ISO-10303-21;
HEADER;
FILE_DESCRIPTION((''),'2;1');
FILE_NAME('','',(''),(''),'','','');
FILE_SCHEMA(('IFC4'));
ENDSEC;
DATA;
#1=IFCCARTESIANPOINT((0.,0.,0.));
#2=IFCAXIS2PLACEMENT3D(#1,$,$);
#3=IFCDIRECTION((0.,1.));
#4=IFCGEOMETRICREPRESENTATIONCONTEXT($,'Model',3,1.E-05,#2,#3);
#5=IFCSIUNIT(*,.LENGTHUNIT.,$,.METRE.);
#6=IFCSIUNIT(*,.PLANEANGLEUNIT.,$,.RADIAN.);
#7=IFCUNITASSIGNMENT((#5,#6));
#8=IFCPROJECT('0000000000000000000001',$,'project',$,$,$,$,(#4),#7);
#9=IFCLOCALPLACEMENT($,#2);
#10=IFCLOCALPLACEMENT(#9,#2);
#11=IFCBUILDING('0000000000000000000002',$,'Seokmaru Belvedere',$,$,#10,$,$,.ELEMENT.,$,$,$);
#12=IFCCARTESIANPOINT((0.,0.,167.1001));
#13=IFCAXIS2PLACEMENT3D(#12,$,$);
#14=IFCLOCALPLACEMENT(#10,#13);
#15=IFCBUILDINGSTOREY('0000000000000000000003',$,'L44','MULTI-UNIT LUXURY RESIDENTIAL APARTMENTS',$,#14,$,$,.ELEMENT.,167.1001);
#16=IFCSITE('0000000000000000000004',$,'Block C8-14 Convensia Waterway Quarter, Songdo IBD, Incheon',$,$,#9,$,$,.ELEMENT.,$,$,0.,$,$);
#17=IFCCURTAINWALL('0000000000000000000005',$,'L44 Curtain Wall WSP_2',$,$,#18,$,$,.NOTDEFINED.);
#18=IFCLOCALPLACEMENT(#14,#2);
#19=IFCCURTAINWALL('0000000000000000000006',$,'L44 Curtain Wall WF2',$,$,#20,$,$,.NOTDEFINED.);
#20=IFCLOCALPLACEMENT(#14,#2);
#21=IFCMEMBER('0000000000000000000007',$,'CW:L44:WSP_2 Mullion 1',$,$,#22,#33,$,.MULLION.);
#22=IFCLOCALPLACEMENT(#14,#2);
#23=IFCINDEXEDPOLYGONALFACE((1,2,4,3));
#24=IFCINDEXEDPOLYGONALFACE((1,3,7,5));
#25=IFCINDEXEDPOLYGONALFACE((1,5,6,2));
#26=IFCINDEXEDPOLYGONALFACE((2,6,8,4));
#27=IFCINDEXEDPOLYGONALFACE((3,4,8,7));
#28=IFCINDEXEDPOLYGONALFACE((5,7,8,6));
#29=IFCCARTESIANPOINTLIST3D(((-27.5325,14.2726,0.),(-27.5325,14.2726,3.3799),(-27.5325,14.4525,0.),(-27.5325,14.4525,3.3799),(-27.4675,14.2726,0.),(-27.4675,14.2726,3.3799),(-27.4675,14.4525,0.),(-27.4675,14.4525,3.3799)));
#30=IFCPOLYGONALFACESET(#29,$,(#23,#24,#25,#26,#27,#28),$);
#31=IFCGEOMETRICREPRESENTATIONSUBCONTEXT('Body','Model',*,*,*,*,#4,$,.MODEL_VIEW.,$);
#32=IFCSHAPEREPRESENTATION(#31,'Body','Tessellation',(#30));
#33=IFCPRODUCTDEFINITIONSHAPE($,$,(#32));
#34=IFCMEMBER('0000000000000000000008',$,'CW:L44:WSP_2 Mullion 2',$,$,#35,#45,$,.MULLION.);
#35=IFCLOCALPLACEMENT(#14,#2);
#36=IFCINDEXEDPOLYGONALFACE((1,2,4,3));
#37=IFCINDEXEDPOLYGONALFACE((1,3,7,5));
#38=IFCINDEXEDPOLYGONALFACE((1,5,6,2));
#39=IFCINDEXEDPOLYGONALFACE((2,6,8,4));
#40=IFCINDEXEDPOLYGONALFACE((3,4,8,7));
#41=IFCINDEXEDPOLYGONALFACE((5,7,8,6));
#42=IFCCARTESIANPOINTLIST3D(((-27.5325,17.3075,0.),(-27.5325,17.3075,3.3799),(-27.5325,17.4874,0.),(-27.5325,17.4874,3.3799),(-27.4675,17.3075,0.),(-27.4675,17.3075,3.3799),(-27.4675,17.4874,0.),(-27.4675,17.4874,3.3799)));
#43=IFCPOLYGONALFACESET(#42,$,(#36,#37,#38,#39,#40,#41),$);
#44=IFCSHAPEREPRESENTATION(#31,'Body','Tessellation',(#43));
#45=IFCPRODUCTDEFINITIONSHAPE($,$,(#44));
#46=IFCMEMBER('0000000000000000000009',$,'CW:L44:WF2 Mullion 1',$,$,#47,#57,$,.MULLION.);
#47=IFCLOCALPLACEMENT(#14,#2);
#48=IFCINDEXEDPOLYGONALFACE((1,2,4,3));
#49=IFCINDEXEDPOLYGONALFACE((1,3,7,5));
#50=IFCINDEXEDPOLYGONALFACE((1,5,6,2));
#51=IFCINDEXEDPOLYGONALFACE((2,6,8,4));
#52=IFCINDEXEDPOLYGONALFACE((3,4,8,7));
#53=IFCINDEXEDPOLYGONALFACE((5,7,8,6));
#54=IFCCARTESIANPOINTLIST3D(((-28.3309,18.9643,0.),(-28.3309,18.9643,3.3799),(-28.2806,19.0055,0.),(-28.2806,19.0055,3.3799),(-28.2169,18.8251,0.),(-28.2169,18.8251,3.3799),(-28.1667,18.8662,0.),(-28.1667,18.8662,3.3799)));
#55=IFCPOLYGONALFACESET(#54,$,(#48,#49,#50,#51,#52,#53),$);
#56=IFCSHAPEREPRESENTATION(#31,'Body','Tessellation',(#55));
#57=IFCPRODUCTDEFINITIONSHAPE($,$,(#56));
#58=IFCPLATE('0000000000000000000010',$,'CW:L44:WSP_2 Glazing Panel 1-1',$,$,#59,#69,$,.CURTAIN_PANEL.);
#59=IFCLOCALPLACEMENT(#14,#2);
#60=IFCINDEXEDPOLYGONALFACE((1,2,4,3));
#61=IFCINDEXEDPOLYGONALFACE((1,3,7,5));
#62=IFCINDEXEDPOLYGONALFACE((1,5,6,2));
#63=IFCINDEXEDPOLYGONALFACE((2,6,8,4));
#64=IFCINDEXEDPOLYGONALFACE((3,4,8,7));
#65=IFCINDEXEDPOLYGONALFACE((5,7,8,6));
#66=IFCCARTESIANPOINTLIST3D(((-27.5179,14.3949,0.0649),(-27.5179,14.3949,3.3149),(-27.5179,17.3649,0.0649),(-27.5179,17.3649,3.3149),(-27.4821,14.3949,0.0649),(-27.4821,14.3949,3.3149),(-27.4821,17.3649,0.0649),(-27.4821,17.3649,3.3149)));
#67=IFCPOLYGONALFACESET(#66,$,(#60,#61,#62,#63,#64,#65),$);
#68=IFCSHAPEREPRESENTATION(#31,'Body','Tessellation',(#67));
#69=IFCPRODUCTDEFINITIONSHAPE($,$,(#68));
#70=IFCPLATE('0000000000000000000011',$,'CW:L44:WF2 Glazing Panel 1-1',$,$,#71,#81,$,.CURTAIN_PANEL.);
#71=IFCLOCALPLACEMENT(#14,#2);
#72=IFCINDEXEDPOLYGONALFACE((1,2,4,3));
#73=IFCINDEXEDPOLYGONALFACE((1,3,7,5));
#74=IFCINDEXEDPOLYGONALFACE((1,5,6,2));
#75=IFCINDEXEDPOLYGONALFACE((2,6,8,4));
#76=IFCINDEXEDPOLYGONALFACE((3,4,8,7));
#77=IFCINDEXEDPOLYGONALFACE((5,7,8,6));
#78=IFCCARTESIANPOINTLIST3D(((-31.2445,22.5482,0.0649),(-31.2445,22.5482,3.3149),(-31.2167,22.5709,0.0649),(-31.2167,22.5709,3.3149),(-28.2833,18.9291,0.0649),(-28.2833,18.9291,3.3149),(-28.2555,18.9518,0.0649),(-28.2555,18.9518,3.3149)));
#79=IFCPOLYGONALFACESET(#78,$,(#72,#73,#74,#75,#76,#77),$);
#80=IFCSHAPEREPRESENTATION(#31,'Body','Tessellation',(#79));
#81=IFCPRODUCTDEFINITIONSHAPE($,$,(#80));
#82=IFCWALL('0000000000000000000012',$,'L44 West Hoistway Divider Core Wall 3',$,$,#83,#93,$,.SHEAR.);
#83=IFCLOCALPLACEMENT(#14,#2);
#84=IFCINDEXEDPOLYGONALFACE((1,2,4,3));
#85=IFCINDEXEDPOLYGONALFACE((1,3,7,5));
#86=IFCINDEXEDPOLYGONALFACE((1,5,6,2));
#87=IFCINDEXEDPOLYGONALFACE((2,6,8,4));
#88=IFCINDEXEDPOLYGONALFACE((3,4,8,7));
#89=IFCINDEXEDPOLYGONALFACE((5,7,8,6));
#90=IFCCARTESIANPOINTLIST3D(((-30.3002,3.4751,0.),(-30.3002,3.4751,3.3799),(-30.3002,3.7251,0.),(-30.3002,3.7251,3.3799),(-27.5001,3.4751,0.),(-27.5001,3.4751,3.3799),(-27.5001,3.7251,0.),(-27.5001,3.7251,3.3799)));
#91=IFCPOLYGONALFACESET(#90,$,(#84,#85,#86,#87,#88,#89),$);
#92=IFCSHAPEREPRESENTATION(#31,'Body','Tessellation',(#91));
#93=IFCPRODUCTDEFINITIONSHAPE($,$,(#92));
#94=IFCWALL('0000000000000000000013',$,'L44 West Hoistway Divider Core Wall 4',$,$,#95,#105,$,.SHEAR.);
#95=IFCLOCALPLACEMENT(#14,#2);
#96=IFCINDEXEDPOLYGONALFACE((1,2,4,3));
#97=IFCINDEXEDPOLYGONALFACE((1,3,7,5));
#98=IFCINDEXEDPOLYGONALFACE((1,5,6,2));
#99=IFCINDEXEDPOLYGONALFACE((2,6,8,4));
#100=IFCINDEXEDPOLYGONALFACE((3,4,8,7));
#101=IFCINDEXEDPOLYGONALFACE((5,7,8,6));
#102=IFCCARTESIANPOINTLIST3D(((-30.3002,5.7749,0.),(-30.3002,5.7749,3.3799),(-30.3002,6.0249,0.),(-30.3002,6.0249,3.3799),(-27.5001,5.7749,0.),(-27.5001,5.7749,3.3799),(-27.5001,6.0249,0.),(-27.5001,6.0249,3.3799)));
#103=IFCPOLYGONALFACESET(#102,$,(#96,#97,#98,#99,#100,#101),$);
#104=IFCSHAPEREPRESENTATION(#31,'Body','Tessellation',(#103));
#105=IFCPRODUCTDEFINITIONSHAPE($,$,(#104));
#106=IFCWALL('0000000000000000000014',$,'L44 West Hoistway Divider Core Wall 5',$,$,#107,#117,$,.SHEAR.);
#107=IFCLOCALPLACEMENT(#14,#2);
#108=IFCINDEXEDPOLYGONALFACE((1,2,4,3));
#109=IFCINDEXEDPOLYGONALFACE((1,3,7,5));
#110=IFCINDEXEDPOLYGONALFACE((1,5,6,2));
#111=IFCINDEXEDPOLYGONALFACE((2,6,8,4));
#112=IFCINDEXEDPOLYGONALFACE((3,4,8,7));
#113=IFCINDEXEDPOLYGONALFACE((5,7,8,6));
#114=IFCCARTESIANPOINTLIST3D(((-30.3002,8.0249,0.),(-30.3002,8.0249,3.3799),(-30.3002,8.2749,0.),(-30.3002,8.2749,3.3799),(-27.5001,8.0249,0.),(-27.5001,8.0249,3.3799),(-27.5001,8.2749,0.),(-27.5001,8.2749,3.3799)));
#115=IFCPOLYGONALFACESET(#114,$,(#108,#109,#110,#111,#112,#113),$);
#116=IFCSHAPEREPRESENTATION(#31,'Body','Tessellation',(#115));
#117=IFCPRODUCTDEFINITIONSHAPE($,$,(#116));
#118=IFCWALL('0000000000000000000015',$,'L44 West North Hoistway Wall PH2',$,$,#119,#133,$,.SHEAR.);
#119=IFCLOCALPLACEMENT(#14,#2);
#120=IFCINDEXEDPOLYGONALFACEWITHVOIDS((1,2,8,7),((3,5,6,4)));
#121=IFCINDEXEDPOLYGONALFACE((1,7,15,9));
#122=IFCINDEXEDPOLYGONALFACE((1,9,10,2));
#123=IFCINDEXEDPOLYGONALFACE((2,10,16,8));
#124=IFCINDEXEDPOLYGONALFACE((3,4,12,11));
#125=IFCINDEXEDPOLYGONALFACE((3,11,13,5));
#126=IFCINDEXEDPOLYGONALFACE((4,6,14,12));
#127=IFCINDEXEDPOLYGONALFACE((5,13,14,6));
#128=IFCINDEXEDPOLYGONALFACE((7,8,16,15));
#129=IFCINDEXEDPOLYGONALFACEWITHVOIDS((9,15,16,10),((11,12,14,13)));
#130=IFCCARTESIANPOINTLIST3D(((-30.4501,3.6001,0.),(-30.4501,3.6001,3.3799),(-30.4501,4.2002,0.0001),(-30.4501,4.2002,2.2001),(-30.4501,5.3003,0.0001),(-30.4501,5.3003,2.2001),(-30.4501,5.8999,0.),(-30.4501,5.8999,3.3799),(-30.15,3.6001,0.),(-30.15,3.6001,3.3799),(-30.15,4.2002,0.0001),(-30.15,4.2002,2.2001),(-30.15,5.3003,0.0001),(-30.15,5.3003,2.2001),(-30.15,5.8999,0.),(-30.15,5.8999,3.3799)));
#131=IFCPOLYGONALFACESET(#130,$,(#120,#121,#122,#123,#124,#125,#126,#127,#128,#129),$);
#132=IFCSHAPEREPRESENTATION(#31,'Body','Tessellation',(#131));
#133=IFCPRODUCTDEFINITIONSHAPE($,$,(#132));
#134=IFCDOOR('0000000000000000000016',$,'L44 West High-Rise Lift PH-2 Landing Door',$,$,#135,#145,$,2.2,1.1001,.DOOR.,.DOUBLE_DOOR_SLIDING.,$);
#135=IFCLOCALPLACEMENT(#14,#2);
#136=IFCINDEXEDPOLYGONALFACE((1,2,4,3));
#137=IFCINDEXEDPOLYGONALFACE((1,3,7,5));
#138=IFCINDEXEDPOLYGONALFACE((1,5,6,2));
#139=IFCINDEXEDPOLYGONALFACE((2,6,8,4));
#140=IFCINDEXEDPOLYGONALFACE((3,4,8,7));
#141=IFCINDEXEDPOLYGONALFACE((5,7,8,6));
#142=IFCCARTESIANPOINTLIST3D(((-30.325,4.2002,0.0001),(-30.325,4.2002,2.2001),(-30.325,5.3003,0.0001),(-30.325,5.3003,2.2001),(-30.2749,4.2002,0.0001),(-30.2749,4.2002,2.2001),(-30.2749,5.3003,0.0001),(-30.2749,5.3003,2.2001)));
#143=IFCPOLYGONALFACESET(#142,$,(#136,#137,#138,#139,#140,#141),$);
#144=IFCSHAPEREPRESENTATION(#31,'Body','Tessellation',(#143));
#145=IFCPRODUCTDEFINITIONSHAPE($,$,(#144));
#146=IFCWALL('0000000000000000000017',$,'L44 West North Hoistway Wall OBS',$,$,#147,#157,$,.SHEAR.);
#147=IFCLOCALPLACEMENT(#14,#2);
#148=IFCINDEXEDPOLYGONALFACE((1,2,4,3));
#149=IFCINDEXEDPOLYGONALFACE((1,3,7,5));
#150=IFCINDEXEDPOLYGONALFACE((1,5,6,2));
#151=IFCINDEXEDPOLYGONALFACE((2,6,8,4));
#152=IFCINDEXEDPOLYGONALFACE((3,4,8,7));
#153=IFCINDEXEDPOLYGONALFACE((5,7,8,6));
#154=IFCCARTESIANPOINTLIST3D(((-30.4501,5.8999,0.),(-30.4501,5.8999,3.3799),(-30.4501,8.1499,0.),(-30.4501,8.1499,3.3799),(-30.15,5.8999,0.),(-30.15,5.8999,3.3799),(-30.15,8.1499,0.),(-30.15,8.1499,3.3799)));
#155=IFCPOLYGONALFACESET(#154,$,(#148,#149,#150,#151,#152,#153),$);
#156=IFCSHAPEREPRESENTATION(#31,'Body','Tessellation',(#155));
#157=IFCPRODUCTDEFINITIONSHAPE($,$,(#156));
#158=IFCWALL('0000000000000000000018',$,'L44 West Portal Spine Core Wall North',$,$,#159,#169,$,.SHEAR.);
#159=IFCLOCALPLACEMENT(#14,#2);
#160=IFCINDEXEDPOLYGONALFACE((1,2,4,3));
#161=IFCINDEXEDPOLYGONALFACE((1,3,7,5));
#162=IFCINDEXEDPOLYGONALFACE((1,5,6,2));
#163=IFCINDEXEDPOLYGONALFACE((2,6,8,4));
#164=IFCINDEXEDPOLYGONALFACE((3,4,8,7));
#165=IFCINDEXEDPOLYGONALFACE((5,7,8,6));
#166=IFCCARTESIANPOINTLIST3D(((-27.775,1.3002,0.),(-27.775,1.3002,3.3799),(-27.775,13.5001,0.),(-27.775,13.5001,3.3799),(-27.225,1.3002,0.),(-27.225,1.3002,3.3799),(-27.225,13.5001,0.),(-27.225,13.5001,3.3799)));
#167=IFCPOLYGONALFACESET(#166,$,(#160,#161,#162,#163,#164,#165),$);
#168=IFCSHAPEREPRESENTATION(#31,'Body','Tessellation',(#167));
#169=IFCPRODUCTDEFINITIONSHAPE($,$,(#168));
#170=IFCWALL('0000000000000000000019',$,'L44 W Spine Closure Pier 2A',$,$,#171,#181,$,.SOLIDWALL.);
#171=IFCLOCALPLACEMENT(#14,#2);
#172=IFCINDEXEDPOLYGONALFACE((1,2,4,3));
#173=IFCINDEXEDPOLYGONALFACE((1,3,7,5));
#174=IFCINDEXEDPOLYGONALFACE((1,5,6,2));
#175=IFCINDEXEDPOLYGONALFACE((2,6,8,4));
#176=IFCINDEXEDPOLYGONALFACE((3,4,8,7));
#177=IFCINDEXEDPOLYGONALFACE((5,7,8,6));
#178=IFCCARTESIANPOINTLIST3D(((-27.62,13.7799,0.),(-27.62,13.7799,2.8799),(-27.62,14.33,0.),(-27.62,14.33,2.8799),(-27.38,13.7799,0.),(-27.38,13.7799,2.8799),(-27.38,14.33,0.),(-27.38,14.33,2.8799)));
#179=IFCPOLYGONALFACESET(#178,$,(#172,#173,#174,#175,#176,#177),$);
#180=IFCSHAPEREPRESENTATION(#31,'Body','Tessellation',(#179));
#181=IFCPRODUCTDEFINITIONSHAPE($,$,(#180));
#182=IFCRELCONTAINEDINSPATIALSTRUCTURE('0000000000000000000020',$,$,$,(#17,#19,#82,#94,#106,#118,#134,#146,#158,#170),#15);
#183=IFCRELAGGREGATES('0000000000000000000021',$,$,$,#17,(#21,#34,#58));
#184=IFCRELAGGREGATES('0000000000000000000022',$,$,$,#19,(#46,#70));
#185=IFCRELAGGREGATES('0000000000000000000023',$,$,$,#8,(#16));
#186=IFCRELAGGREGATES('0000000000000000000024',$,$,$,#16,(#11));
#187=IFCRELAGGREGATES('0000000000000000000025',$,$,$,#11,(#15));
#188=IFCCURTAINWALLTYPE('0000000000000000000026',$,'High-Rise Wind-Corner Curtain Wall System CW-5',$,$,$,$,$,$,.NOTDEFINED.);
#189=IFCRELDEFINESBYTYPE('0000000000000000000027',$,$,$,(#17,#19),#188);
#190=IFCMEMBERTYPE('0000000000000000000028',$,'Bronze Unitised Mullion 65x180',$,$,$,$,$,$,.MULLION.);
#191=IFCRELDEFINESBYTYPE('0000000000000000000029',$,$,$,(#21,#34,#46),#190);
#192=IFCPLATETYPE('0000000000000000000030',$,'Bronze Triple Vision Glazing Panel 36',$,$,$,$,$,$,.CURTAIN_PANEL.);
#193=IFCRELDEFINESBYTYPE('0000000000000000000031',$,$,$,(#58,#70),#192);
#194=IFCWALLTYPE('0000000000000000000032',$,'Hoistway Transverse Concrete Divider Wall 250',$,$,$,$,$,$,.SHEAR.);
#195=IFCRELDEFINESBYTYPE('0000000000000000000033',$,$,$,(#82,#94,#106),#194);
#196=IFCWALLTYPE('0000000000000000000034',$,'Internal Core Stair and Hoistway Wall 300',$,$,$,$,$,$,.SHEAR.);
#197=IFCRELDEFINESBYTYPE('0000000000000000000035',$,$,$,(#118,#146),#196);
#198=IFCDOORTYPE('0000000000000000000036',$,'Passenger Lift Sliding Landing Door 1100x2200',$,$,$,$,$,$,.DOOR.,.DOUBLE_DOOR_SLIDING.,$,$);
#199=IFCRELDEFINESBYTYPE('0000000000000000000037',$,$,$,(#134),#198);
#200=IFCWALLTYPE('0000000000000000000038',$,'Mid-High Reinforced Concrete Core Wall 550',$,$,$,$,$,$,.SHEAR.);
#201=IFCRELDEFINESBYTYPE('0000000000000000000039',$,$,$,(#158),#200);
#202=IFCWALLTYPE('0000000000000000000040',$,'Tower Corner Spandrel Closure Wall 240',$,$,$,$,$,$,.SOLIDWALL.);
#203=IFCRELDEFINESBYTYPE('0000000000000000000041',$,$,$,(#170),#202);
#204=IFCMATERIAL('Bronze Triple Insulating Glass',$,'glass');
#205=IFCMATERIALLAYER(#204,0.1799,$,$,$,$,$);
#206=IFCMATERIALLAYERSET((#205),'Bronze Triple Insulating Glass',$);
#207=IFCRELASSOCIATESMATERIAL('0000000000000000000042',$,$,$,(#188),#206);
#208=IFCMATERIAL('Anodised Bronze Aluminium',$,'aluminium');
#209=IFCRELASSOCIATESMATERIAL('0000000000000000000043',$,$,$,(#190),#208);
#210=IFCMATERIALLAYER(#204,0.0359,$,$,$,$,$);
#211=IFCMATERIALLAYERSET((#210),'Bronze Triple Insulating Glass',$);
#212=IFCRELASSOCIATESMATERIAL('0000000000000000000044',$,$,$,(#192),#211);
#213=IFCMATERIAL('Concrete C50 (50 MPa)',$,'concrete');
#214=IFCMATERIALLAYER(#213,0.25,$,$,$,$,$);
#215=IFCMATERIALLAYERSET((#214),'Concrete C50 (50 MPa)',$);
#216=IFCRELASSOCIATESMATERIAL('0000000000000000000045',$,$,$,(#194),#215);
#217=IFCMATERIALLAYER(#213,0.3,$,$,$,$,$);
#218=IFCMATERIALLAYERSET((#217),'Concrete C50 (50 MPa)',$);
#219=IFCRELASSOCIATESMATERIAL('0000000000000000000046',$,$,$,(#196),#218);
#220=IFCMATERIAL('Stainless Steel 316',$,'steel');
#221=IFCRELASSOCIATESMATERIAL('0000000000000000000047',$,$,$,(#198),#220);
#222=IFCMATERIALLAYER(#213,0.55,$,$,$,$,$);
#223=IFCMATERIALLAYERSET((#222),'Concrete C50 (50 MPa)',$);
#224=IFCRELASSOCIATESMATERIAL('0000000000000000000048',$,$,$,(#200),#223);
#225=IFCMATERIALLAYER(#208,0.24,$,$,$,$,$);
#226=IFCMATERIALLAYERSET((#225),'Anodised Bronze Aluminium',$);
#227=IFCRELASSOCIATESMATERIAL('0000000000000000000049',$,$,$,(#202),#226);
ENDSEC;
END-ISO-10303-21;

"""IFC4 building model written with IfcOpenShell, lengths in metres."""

from ifc_helpers import new_model, si_unit, direction, frame, frame_2d, origin, origin_2d, place, context, subcontext, project, spatial, rectangle, extrude, source, transform, mapped, material, layer, layer_set, material_profile, profile_set, type_object, type_shapes, element, fill, aggregate, save


model = new_model("IFC4")

# Units and contexts
model_context = context("Model", 3, precision=1e-05, world=origin(), true_north=direction((0.0, 1.0)))
body_context = subcontext(model_context, "Body", "Model", "MODEL_VIEW")
ifc_project = project(units=[si_unit("LENGTHUNIT", "METRE"), si_unit("PLANEANGLEUNIT", "RADIAN")], contexts=[model_context])

# Site, building, storey
site_placement = place(None, origin())
site = spatial("IfcSite", under=ifc_project, at=site_placement, Name="Block C8-14 Convensia Waterway Quarter, Songdo IBD, Incheon", CompositionType="ELEMENT", RefElevation=0.0)
building_placement = place(site_placement, origin())
building = spatial("IfcBuilding", under=site, at=building_placement, Name="Seokmaru Belvedere", CompositionType="ELEMENT")
storey_placement = place(building_placement, frame((0.0, 0.0, 167.1001)))
storey = spatial("IfcBuildingStorey", under=building, at=storey_placement, Name="L44", Description="MULTI-UNIT LUXURY RESIDENTIAL APARTMENTS", CompositionType="ELEMENT", Elevation=167.1001)

# Curtain walls
ifc_material_1 = material(Name="Bronze Triple Insulating Glass", Category="glass")
ifc_layer_1 = layer(ifc_material_1, 0.1799)
ifc_layer_set_1 = layer_set([ifc_layer_1], Name="Bronze Triple Insulating Glass")
curtain_wall_type = type_object("IfcCurtainWallType", Name="High-Rise Wind-Corner Curtain Wall System CW-5", PredefinedType="NOTDEFINED", material=ifc_layer_set_1)
curtain_wall_1_placement = place(storey_placement, origin())
curtain_wall_1 = element("IfcCurtainWall", 1, at=curtain_wall_1_placement, inside=storey, type_object=curtain_wall_type, Name="L44 Curtain Wall WSP_2", PredefinedType="NOTDEFINED")
ifc_material_2 = material(Name="Anodised Bronze Aluminium", Category="aluminium")
curtain_wall_2_placement = place(storey_placement, origin())
curtain_wall_2 = element("IfcCurtainWall", 2, at=curtain_wall_2_placement, inside=storey, type_object=curtain_wall_type, Name="L44 Curtain Wall WF2", PredefinedType="NOTDEFINED")

# Members
ifc_material_profile_1 = material_profile(ifc_material_2, rectangle(XDim=0.0649, YDim=0.1799, at=origin_2d()), Name="CW-M-65x180")
ifc_profile_set_1 = profile_set([ifc_material_profile_1], Name="Anodised Bronze Aluminium")
member_type_1 = type_object("IfcMemberType", Name="Bronze Unitised Mullion 65x180", PredefinedType="MULLION", material=ifc_profile_set_1)
shared_shape_1 = source(origin(), body_context, "Body", "SweptSolid", [
    extrude(rectangle(XDim=0.0649, YDim=0.1799, at=origin_2d()), origin(), (0.0, 0.0, 1.0), 3.3799),
])
type_shapes(member_type_1, [shared_shape_1])
member_1_placement = place(storey_placement, frame((-27.5, 14.3625, 0.0), z_axis=(0.0, 0.0, 1.0), x_axis=(-1.0, 0.0, 0.0)))
member_1 = element("IfcMember", 3, at=member_1_placement, type_object=member_type_1, Name="CW:L44:WSP_2 Mullion 1", PredefinedType="MULLION", context=body_context, shape_type="MappedRepresentation", body=[
    mapped(shared_shape_1, transform((0.0, 0.0, 0.0), scale=1.0)),
])
member_2_placement = place(storey_placement, frame((-27.5, 17.3975, 0.0), z_axis=(0.0, 0.0, 1.0), x_axis=(-1.0, 0.0, 0.0)))
member_2 = element("IfcMember", 4, at=member_2_placement, type_object=member_type_1, Name="CW:L44:WSP_2 Mullion 2", PredefinedType="MULLION", context=body_context, shape_type="MappedRepresentation", body=[
    mapped(shared_shape_1, transform((0.0, 0.0, 0.0), scale=1.0)),
])
member_3_placement = place(storey_placement, frame((-28.2488, 18.9153, 0.0), z_axis=(0.0, 0.0, 1.0), x_axis=(-0.773944, -0.633254, 0.0)))
member_3 = element("IfcMember", 5, at=member_3_placement, type_object=member_type_1, Name="CW:L44:WF2 Mullion 1", PredefinedType="MULLION", context=body_context, shape_type="MappedRepresentation", body=[
    mapped(shared_shape_1, transform((0.0, 0.0, 0.0), scale=1.0)),
])

# Plates
ifc_layer_2 = layer(ifc_material_1, 0.0359)
ifc_layer_set_2 = layer_set([ifc_layer_2], Name="Bronze Triple Insulating Glass")
plate_type = type_object("IfcPlateType", Name="Bronze Triple Vision Glazing Panel 36", PredefinedType="CURTAIN_PANEL", material=ifc_layer_set_2)
shared_shape_2 = source(origin(), body_context, "Body", "SweptSolid", [
    extrude(rectangle(XDim=2.97, YDim=0.0359, at=origin_2d()), origin(), (0.0, 0.0, 1.0), 3.25),
])
plate_1_placement = place(storey_placement, frame((-27.5, 15.8799, 0.0649), z_axis=(0.0, 0.0, 1.0), x_axis=(0.0, 1.0, 0.0)))
plate_1 = element("IfcPlate", 6, at=plate_1_placement, type_object=plate_type, Name="CW:L44:WSP_2 Glazing Panel 1-1", PredefinedType="CURTAIN_PANEL", context=body_context, shape_type="MappedRepresentation", body=[
    mapped(shared_shape_2, transform((0.0, 0.0, 0.0), scale=1.0)),
])
aggregate(curtain_wall_1, [member_1, member_2, plate_1])
shared_shape_3 = source(origin(), body_context, "Body", "SweptSolid", [
    extrude(rectangle(XDim=4.6763, YDim=0.0359, at=origin_2d()), origin(), (0.0, 0.0, 1.0), 3.25),
])
type_shapes(plate_type, [shared_shape_2, shared_shape_3])
plate_2_placement = place(storey_placement, frame((-29.75, 20.75, 0.0649), z_axis=(0.0, 0.0, 1.0), x_axis=(-0.633254, 0.773944, 0.0)))
plate_2 = element("IfcPlate", 7, at=plate_2_placement, type_object=plate_type, Name="CW:L44:WF2 Glazing Panel 1-1", PredefinedType="CURTAIN_PANEL", context=body_context, shape_type="MappedRepresentation", body=[
    mapped(shared_shape_3, transform((0.0, 0.0, 0.0), scale=1.0)),
])
aggregate(curtain_wall_2, [member_3, plate_2])

# Walls
ifc_material_3 = material(Name="Concrete C50 (50 MPa)", Category="concrete")
ifc_layer_3 = layer(ifc_material_3, 0.25)
ifc_layer_set_3 = layer_set([ifc_layer_3], Name="Concrete C50 (50 MPa)")
wall_type_1 = type_object("IfcWallType", Name="Hoistway Transverse Concrete Divider Wall 250", PredefinedType="SHEAR", material=ifc_layer_set_3)
for number, where, z_axis, x_axis, name in (
    (8, (-30.3, 3.6001, 0.0), (0.0, 0.0, 1.0), (1.0, 0.0, 0.0), "L44 West Hoistway Divider Core Wall 3"),
    (9, (-30.3, 5.8999, 0.0), (0.0, 0.0, 1.0), (1.0, 0.0, 0.0), "L44 West Hoistway Divider Core Wall 4"),
    (10, (-30.3, 8.1499, 0.0), (0.0, 0.0, 1.0), (1.0, 0.0, 0.0), "L44 West Hoistway Divider Core Wall 5"),
):
    element("IfcWall", number, at=place(storey_placement, frame(where, z_axis=z_axis, x_axis=x_axis)), inside=storey, type_object=wall_type_1, Name=name, PredefinedType="SHEAR", context=body_context, shape_type="SweptSolid", body=[
        extrude(rectangle(XDim=2.8, YDim=0.25, at=frame_2d((1.3999, 0.0))), origin(), (0.0, 0.0, 1.0), 3.3799),
    ])

# Wall, opening, door
ifc_layer_4 = layer(ifc_material_3, 0.3)
ifc_layer_set_4 = layer_set([ifc_layer_4], Name="Concrete C50 (50 MPa)")
wall_type_2 = type_object("IfcWallType", Name="Internal Core Stair and Hoistway Wall 300", PredefinedType="SHEAR", material=ifc_layer_set_4)
wall_1_placement = place(storey_placement, frame((-30.3, 3.6001, 0.0), z_axis=(0.0, 0.0, 1.0), x_axis=(0.0, 1.0, 0.0)))
wall_1 = element("IfcWall", 11, at=wall_1_placement, inside=storey, type_object=wall_type_2, Name="L44 West North Hoistway Wall PH2", PredefinedType="SHEAR", context=body_context, shape_type="SweptSolid", body=[
    extrude(rectangle(XDim=2.2998, YDim=0.3, at=frame_2d((1.1499, 0.0))), origin(), (0.0, 0.0, 1.0), 3.3799),
])
opening_1_placement = place(wall_1_placement, frame((0.6001, 0.0, 0.0)))
opening_1 = element("IfcOpeningElement", 12, at=opening_1_placement, cuts=wall_1, PredefinedType="OPENING", context=body_context, shape_type="SweptSolid", body=[
    extrude(rectangle(XDim=1.1001, YDim=2.2, at=frame_2d((0.55, 1.1001))), frame((0.0, 0.1602, 0.0), z_axis=(0.0, -1.0, 0.0), x_axis=(1.0, 0.0, 0.0)), (0.0, 0.0, 1.0), 0.3201),
])
ifc_material_4 = material(Name="Stainless Steel 316", Category="steel")
door_type_1 = type_object("IfcDoorType", Name="Passenger Lift Sliding Landing Door 1100x2200", OperationType="DOUBLE_DOOR_SLIDING", PredefinedType="DOOR", material=ifc_material_4)
shared_shape_4 = source(origin(), body_context, "Body", "SweptSolid", [
    extrude(rectangle(XDim=1.1001, YDim=2.2, at=frame_2d((0.55, 1.1001))), frame((0.0, 0.0249, 0.0), z_axis=(0.0, -1.0, 0.0), x_axis=(1.0, 0.0, 0.0)), (0.0, 0.0, 1.0), 0.05),
])
type_shapes(door_type_1, [shared_shape_4])
door_1_placement = place(opening_1_placement, origin())
door_1 = element("IfcDoor", 13, at=door_1_placement, inside=storey, type_object=door_type_1, Name="L44 West High-Rise Lift PH-2 Landing Door", OperationType="DOUBLE_DOOR_SLIDING", OverallHeight=2.2, OverallWidth=1.1001, PredefinedType="DOOR", context=body_context, shape_type="MappedRepresentation", body=[
    mapped(shared_shape_4, transform((0.0, 0.0, 0.0), scale=1.0)),
])
fill(opening_1, door_1)

# Wall
wall_2_placement = place(storey_placement, frame((-30.3, 5.8999, 0.0), z_axis=(0.0, 0.0, 1.0), x_axis=(0.0, 1.0, 0.0)))
element("IfcWall", 14, at=wall_2_placement, inside=storey, type_object=wall_type_2, Name="L44 West North Hoistway Wall OBS", PredefinedType="SHEAR", context=body_context, shape_type="SweptSolid", body=[
    extrude(rectangle(XDim=2.25, YDim=0.3, at=frame_2d((1.125, 0.0))), origin(), (0.0, 0.0, 1.0), 3.3799),
])

# Walls
ifc_layer_5 = layer(ifc_material_3, 0.55)
ifc_layer_set_5 = layer_set([ifc_layer_5], Name="Concrete C50 (50 MPa)")
wall_type_3 = type_object("IfcWallType", Name="Mid-High Reinforced Concrete Core Wall 550", PredefinedType="SHEAR", material=ifc_layer_set_5)
wall_3_placement = place(storey_placement, frame((-27.5, 1.3, 0.0), z_axis=(0.0, 0.0, 1.0), x_axis=(0.0, 1.0, 0.0)))
element("IfcWall", 15, at=wall_3_placement, inside=storey, type_object=wall_type_3, Name="L44 West Portal Spine Core Wall North", PredefinedType="SHEAR", context=body_context, shape_type="SweptSolid", body=[
    extrude(rectangle(XDim=12.2, YDim=0.55, at=frame_2d((6.1001, 0.0))), origin(), (0.0, 0.0, 1.0), 3.3799),
])
ifc_layer_6 = layer(ifc_material_2, 0.24)
ifc_layer_set_6 = layer_set([ifc_layer_6], Name="Anodised Bronze Aluminium")
wall_type_4 = type_object("IfcWallType", Name="Tower Corner Spandrel Closure Wall 240", PredefinedType="SOLIDWALL", material=ifc_layer_set_6)
wall_4_placement = place(storey_placement, frame((-27.5, 13.78, 0.0), z_axis=(0.0, 0.0, 1.0), x_axis=(0.0, 1.0, 0.0)))
element("IfcWall", 16, at=wall_4_placement, inside=storey, type_object=wall_type_4, Name="L44 W Spine Closure Pier 2A", PredefinedType="SOLIDWALL", context=body_context, shape_type="SweptSolid", body=[
    extrude(rectangle(XDim=0.55, YDim=0.24, at=frame_2d((0.2749, 0.0))), origin(), (0.0, 0.0, 1.0), 2.8799),
])

save(model, "model.ifc")
